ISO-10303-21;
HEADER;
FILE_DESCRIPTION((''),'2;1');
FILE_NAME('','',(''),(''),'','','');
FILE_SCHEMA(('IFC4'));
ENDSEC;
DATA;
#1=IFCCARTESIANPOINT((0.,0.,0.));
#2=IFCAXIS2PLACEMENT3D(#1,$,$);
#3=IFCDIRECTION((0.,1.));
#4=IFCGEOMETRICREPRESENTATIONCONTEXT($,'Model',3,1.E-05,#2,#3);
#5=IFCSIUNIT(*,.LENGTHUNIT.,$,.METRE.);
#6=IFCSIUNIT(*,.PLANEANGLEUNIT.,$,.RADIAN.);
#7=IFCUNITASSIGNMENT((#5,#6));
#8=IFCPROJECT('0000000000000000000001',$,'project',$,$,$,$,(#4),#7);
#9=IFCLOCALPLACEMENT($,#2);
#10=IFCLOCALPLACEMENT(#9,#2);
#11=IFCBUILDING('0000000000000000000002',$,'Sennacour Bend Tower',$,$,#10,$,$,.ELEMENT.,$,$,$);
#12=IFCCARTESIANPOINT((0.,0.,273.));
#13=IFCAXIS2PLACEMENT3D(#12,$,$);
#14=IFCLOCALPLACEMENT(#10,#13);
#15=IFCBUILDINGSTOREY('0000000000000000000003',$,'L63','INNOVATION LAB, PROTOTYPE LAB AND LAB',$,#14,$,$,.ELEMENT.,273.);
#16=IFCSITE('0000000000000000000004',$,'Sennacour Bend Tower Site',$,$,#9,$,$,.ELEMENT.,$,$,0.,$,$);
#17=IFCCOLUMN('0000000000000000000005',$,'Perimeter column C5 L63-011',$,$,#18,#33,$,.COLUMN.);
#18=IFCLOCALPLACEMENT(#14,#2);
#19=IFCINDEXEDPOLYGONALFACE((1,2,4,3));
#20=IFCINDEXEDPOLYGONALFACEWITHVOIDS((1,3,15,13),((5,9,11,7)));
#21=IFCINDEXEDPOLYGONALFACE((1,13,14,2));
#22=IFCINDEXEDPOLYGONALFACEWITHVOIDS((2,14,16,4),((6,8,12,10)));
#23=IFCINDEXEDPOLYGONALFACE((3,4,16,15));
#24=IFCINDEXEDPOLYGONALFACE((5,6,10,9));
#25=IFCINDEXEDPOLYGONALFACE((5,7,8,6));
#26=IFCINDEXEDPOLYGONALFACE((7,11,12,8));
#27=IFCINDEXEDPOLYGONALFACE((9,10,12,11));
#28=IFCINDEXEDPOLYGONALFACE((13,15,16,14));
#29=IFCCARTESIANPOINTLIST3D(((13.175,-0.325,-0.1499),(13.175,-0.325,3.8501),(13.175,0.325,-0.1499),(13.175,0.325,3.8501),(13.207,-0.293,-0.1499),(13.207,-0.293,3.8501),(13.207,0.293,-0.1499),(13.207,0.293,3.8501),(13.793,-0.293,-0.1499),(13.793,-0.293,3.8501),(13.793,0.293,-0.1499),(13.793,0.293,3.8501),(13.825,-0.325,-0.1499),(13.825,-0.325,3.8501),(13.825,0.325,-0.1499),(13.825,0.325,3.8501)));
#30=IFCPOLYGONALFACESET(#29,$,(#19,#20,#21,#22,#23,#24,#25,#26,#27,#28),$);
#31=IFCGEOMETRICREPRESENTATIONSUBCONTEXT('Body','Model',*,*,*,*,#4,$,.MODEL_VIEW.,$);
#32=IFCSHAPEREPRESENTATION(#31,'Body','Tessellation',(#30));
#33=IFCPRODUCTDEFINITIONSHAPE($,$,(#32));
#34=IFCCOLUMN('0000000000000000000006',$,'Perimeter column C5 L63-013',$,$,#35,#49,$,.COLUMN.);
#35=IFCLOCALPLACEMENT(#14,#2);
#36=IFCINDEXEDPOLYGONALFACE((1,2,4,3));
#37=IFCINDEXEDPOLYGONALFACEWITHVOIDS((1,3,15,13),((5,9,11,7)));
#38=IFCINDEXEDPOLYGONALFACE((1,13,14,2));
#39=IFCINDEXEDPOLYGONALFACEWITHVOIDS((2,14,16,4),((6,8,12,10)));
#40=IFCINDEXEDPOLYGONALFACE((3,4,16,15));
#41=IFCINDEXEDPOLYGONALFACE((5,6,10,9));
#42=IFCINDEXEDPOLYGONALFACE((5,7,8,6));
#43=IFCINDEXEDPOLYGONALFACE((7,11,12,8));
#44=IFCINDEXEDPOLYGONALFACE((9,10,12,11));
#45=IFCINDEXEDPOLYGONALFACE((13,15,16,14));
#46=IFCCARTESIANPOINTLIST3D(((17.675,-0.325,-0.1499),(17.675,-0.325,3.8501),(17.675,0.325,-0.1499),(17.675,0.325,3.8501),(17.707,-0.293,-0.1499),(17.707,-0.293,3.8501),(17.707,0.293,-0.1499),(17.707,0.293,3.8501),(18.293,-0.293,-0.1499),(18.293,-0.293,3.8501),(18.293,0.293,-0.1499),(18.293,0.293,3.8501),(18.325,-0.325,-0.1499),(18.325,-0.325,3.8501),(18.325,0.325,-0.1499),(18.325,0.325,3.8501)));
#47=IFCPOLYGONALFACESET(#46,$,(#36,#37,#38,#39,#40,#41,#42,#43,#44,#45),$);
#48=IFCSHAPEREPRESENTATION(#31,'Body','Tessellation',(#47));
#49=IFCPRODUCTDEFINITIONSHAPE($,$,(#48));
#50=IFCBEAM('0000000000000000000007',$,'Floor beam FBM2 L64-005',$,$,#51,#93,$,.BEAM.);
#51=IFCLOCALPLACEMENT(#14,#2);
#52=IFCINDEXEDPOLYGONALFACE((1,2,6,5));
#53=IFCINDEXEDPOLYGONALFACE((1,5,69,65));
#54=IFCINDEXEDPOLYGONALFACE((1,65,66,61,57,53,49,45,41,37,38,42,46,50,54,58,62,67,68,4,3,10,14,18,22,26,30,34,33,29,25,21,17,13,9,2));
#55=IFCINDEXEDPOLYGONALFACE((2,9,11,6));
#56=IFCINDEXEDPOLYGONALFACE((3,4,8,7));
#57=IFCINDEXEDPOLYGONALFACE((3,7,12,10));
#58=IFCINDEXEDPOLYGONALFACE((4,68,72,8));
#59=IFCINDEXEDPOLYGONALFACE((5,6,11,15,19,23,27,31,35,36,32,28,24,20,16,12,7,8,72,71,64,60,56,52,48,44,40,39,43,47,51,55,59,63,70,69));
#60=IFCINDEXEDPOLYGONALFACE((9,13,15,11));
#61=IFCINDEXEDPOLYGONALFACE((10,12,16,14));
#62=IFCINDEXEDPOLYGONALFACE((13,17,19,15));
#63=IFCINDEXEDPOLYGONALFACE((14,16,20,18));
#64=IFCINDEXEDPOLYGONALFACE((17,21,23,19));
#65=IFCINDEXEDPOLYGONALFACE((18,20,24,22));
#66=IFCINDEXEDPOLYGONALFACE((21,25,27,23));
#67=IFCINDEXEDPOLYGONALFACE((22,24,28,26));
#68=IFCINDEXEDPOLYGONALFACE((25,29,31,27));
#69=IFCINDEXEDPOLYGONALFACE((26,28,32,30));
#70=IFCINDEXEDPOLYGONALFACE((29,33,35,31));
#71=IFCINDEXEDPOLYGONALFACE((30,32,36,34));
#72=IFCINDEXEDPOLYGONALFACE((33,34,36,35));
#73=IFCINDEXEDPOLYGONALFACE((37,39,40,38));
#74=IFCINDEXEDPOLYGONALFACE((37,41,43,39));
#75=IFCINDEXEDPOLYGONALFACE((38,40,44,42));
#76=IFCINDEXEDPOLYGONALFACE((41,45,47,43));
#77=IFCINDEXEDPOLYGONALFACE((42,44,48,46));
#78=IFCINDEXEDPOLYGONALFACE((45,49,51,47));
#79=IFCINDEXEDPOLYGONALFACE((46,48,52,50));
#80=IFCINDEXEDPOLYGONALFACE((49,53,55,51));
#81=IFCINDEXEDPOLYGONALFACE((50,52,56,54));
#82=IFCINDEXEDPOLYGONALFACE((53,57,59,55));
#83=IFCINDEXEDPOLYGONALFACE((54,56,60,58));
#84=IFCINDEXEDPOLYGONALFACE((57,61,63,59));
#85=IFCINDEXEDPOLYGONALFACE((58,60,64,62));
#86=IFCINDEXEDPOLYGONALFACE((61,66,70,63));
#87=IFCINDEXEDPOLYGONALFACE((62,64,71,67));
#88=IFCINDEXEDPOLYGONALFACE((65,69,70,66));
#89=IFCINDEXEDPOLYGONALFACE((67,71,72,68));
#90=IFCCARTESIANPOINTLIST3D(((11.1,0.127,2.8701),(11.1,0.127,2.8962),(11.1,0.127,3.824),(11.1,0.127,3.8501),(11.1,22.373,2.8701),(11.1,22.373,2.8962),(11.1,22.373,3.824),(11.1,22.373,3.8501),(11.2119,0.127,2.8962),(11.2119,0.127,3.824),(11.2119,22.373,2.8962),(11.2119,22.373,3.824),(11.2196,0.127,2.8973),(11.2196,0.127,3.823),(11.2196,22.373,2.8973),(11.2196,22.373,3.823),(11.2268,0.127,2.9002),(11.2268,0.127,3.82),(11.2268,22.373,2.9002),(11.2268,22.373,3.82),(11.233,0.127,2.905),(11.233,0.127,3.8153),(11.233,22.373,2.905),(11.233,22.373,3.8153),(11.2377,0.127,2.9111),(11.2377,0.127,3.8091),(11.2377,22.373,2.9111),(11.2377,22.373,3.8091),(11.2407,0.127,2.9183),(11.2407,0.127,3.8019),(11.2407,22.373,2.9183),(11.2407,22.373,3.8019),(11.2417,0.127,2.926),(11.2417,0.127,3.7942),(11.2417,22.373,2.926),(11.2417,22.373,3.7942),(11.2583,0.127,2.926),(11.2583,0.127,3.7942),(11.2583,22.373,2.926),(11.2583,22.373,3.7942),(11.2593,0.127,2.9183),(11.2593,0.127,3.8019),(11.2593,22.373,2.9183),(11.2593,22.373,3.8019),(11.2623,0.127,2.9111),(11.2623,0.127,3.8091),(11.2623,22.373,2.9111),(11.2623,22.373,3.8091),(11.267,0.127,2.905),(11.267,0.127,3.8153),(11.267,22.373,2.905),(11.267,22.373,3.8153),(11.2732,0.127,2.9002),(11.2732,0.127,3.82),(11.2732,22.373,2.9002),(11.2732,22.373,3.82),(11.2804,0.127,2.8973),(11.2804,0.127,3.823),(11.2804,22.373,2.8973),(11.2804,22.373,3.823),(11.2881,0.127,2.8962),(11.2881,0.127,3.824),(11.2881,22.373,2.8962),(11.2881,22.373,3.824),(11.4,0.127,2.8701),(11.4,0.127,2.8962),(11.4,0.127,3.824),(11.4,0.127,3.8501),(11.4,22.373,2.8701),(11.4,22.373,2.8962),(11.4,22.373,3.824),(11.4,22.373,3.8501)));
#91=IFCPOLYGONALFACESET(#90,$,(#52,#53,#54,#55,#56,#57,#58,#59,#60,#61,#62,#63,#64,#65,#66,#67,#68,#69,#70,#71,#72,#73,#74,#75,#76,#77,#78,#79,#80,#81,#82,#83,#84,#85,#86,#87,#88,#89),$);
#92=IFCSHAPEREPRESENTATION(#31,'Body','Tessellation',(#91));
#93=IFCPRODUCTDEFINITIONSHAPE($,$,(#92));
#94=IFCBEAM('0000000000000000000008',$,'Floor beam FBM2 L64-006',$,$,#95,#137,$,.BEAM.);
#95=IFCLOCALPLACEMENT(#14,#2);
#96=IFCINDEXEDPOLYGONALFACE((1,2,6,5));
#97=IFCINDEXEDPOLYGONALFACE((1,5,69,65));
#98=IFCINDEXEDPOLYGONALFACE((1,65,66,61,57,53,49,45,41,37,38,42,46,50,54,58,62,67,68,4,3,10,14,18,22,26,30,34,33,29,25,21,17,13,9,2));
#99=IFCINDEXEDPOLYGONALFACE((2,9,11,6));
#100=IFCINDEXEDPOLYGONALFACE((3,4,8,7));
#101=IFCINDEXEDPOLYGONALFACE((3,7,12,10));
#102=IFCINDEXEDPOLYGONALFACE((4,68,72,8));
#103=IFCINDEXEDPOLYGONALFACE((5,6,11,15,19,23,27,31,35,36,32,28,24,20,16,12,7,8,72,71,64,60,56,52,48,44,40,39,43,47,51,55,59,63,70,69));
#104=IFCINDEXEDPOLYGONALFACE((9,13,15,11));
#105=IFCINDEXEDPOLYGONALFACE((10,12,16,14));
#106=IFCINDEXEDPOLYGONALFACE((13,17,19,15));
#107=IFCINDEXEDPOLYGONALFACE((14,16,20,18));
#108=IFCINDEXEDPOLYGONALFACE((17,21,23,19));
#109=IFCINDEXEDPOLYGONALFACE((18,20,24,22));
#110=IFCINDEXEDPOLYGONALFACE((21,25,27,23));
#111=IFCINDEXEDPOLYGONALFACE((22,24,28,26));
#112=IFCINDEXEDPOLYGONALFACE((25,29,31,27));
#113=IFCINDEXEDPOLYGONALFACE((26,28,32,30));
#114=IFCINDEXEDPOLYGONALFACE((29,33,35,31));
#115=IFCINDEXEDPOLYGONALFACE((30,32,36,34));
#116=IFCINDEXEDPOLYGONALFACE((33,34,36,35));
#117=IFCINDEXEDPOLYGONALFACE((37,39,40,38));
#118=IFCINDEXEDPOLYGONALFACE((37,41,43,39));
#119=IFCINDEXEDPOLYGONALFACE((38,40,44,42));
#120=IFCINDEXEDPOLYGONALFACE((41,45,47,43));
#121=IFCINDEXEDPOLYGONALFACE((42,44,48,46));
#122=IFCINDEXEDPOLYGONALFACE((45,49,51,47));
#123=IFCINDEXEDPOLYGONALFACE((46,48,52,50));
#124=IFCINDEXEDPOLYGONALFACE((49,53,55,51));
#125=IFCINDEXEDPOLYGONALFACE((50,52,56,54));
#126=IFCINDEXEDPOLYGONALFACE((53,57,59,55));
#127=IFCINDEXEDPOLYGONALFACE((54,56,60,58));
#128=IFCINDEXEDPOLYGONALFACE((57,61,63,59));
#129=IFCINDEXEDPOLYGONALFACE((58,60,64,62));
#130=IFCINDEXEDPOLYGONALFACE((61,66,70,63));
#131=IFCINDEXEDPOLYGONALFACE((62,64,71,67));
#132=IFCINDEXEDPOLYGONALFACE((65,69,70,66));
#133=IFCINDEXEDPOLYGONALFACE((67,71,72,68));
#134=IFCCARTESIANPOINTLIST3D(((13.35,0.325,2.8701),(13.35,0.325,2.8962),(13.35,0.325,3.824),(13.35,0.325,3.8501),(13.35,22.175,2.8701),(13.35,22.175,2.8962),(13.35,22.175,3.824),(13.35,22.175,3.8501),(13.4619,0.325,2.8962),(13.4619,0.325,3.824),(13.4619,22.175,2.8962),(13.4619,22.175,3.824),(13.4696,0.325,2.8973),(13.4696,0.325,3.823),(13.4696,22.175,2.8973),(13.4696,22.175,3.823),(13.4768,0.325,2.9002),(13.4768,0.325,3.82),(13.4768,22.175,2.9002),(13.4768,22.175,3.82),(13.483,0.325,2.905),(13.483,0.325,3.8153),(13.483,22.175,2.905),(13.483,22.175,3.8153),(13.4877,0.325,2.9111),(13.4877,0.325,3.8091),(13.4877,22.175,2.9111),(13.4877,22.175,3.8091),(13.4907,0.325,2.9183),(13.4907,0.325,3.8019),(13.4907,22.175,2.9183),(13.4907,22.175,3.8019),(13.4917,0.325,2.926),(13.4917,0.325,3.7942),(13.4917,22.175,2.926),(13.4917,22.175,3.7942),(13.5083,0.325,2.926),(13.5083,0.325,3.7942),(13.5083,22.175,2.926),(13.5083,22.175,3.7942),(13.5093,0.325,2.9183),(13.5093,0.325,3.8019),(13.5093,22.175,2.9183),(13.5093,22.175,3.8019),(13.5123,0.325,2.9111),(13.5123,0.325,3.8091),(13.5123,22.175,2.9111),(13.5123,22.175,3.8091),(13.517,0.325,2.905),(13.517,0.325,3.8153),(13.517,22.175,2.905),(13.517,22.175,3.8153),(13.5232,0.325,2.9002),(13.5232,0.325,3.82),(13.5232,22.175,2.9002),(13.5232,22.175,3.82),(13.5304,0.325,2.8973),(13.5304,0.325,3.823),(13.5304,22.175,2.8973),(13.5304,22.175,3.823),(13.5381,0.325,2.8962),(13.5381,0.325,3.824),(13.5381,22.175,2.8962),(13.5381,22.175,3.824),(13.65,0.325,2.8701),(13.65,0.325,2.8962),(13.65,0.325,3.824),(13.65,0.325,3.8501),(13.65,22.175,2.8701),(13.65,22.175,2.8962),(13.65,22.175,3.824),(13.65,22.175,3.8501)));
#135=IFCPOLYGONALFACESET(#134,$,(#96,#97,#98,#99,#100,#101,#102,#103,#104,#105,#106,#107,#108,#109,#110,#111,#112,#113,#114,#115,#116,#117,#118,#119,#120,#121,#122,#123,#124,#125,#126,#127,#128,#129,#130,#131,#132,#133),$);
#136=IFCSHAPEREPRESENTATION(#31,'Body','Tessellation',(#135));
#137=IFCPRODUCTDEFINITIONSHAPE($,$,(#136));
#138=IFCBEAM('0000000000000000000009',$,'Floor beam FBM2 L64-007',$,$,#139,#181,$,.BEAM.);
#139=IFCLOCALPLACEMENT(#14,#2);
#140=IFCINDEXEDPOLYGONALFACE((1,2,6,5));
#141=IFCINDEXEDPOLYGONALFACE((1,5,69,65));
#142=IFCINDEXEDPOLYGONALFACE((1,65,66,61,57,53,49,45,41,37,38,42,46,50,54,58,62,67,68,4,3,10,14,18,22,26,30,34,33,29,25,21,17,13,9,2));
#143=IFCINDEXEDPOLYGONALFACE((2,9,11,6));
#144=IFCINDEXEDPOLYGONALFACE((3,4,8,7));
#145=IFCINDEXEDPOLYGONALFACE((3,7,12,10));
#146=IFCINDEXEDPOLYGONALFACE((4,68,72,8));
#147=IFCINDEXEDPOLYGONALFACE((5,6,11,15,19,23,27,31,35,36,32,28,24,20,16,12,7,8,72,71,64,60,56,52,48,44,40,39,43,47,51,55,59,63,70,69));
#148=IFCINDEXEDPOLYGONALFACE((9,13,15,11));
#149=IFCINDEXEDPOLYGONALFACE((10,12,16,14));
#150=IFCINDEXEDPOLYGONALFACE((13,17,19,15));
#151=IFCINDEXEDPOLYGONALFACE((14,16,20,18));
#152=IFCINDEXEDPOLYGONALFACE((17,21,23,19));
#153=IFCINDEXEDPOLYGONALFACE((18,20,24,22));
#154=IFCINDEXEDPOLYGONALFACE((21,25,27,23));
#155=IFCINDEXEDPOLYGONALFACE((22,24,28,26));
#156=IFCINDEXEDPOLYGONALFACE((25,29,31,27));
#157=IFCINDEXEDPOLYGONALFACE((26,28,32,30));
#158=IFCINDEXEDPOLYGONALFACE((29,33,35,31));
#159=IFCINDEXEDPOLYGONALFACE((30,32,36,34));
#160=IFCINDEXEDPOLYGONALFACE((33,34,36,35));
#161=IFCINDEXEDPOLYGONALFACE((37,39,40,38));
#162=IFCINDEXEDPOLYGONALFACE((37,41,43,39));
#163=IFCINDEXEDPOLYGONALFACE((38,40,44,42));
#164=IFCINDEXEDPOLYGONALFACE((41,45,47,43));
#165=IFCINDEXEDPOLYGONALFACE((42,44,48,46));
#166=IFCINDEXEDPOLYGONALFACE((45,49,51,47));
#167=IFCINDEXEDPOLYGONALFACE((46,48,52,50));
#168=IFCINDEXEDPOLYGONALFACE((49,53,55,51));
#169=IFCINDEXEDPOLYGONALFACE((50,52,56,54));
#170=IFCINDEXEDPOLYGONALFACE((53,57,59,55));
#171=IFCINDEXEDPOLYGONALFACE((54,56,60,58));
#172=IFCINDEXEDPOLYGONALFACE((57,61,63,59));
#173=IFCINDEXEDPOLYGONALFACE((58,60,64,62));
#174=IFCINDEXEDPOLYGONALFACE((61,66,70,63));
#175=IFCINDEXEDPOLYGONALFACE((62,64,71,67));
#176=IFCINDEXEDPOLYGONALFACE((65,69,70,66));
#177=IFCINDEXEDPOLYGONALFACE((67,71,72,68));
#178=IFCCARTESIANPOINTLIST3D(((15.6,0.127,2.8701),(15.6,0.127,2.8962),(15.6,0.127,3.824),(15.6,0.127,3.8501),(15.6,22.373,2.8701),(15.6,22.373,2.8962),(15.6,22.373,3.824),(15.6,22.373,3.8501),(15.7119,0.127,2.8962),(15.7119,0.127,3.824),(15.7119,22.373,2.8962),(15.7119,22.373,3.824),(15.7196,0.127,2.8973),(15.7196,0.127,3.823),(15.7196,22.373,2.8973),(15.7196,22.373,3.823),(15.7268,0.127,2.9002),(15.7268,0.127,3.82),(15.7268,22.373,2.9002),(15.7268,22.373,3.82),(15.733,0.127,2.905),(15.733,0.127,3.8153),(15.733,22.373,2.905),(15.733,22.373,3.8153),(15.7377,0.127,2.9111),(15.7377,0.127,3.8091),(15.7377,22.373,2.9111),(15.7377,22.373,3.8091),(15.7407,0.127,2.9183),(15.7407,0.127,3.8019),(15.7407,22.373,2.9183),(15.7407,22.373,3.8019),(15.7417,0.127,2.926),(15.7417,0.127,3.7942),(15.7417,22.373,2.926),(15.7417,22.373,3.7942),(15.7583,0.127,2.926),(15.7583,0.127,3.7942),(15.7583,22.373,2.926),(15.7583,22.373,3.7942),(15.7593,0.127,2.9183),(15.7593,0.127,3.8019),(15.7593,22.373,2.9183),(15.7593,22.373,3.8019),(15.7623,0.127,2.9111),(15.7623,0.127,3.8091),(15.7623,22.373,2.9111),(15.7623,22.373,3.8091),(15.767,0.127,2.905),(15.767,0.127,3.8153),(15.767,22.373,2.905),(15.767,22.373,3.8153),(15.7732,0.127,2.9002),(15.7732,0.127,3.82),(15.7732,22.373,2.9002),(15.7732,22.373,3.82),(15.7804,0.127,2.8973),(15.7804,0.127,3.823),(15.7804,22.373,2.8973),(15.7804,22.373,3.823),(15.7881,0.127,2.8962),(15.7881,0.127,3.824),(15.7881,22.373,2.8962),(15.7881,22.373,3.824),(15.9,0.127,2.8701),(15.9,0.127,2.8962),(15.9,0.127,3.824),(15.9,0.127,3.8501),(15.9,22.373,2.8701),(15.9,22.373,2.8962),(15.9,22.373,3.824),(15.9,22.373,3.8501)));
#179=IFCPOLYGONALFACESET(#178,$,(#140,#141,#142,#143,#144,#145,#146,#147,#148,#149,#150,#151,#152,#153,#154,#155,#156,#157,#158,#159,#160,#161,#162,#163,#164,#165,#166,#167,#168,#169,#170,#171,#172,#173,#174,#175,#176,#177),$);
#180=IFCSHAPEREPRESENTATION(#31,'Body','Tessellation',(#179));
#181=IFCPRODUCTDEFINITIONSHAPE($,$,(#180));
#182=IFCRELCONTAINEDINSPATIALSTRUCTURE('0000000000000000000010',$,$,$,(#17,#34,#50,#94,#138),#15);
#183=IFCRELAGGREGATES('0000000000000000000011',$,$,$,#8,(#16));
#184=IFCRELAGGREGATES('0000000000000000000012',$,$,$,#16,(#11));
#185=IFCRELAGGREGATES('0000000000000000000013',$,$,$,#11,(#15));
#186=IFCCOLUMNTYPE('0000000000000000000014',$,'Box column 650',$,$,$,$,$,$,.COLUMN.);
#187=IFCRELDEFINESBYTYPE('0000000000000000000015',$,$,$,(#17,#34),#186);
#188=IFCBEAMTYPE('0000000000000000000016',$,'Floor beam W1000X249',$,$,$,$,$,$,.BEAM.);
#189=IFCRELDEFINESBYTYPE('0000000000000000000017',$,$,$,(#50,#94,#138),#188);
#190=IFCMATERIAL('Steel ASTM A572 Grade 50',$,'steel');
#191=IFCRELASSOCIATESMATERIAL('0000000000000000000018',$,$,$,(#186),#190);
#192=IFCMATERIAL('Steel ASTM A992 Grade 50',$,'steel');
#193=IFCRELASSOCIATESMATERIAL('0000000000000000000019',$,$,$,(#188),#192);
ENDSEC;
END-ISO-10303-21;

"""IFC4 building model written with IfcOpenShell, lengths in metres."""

from ifc_helpers import new_model, si_unit, direction, frame, origin, origin_2d, place, context, subcontext, project, spatial, hollow_rectangle, i_section, extrude, material, material_profile, profile_set, type_object, element, save


model = new_model("IFC4")

# Units and contexts
model_context = context("Model", 3, precision=1e-05, world=origin(), true_north=direction((0.0, 1.0)))
body_context = subcontext(model_context, "Body", "Model", "MODEL_VIEW")
ifc_project = project(units=[si_unit("LENGTHUNIT", "METRE"), si_unit("PLANEANGLEUNIT", "RADIAN")], contexts=[model_context])

# Site, building, storey
site_placement = place(None, origin())
site = spatial("IfcSite", under=ifc_project, at=site_placement, Name="Sennacour Bend Tower Site", CompositionType="ELEMENT", RefElevation=0.0)
building_placement = place(site_placement, origin())
building = spatial("IfcBuilding", under=site, at=building_placement, Name="Sennacour Bend Tower", CompositionType="ELEMENT")
storey_placement = place(building_placement, frame((0.0, 0.0, 273.0)))
storey = spatial("IfcBuildingStorey", under=building, at=storey_placement, Name="L63", Description="INNOVATION LAB, PROTOTYPE LAB AND LAB", CompositionType="ELEMENT", Elevation=273.0)

# Columns
ifc_material_1 = material(Name="Steel ASTM A572 Grade 50", Category="steel")
ifc_material_profile_1 = material_profile(ifc_material_1, hollow_rectangle(XDim=0.6499, YDim=0.6499, WallThickness=0.032, at=origin_2d()), Name="Steel ASTM A572 Grade 50", Category="steel")
ifc_profile_set_1 = profile_set([ifc_material_profile_1], Name="Steel ASTM A572 Grade 50")
column_type = type_object("IfcColumnType", Name="Box column 650", PredefinedType="COLUMN", material=ifc_profile_set_1)
for number, where, z_axis, x_axis, name in (
    (1, (13.5, 0.0, -0.1499), (0.0, 0.0, 1.0), (1.0, 0.0, 0.0), "Perimeter column C5 L63-011"),
    (2, (18.0, 0.0, -0.1499), (0.0, 0.0, 1.0), (1.0, 0.0, 0.0), "Perimeter column C5 L63-013"),
):
    element("IfcColumn", number, at=place(storey_placement, frame(where, z_axis=z_axis, x_axis=x_axis)), inside=storey, type_object=column_type, Name=name, PredefinedType="COLUMN", context=body_context, shape_type="SweptSolid", body=[
        extrude(hollow_rectangle(XDim=0.6499, YDim=0.6499, WallThickness=0.032, at=origin_2d()), origin(), (0.0, 0.0, 1.0), 4.0),
    ])

# Beams
ifc_material_2 = material(Name="Steel ASTM A992 Grade 50", Category="steel")
ifc_material_profile_2 = material_profile(ifc_material_2, i_section(OverallWidth=0.3, OverallDepth=0.98, WebThickness=0.0166, FlangeThickness=0.0261, FilletRadius=0.0298, at=origin_2d()), Name="Steel ASTM A992 Grade 50", Category="steel")
ifc_profile_set_2 = profile_set([ifc_material_profile_2], Name="Steel ASTM A992 Grade 50")
beam_type_1 = type_object("IfcBeamType", Name="Floor beam W1000X249", PredefinedType="BEAM", material=ifc_profile_set_2)
beam_1_placement = place(storey_placement, frame((11.25, 0.127, 3.3601), z_axis=(0.0, 1.0, 0.0), x_axis=(-1.0, 0.0, 0.0)))
element("IfcBeam", 3, at=beam_1_placement, inside=storey, type_object=beam_type_1, Name="Floor beam FBM2 L64-005", PredefinedType="BEAM", context=body_context, shape_type="SweptSolid", body=[
    extrude(i_section(OverallWidth=0.3, OverallDepth=0.98, WebThickness=0.0166, FlangeThickness=0.0261, FilletRadius=0.0298, at=origin_2d()), origin(), (0.0, 0.0, 1.0), 22.2461),
])
beam_2_placement = place(storey_placement, frame((13.5, 0.325, 3.3601), z_axis=(0.0, 1.0, 0.0), x_axis=(-1.0, 0.0, 0.0)))
element("IfcBeam", 4, at=beam_2_placement, inside=storey, type_object=beam_type_1, Name="Floor beam FBM2 L64-006", PredefinedType="BEAM", context=body_context, shape_type="SweptSolid", body=[
    extrude(i_section(OverallWidth=0.3, OverallDepth=0.98, WebThickness=0.0166, FlangeThickness=0.0261, FilletRadius=0.0298, at=origin_2d()), origin(), (0.0, 0.0, 1.0), 21.8501),
])
beam_3_placement = place(storey_placement, frame((15.75, 0.127, 3.3601), z_axis=(0.0, 1.0, 0.0), x_axis=(-1.0, 0.0, 0.0)))
element("IfcBeam", 5, at=beam_3_placement, inside=storey, type_object=beam_type_1, Name="Floor beam FBM2 L64-007", PredefinedType="BEAM", context=body_context, shape_type="SweptSolid", body=[
    extrude(i_section(OverallWidth=0.3, OverallDepth=0.98, WebThickness=0.0166, FlangeThickness=0.0261, FilletRadius=0.0298, at=origin_2d()), origin(), (0.0, 0.0, 1.0), 22.2461),
])

save(model, "model.ifc")
